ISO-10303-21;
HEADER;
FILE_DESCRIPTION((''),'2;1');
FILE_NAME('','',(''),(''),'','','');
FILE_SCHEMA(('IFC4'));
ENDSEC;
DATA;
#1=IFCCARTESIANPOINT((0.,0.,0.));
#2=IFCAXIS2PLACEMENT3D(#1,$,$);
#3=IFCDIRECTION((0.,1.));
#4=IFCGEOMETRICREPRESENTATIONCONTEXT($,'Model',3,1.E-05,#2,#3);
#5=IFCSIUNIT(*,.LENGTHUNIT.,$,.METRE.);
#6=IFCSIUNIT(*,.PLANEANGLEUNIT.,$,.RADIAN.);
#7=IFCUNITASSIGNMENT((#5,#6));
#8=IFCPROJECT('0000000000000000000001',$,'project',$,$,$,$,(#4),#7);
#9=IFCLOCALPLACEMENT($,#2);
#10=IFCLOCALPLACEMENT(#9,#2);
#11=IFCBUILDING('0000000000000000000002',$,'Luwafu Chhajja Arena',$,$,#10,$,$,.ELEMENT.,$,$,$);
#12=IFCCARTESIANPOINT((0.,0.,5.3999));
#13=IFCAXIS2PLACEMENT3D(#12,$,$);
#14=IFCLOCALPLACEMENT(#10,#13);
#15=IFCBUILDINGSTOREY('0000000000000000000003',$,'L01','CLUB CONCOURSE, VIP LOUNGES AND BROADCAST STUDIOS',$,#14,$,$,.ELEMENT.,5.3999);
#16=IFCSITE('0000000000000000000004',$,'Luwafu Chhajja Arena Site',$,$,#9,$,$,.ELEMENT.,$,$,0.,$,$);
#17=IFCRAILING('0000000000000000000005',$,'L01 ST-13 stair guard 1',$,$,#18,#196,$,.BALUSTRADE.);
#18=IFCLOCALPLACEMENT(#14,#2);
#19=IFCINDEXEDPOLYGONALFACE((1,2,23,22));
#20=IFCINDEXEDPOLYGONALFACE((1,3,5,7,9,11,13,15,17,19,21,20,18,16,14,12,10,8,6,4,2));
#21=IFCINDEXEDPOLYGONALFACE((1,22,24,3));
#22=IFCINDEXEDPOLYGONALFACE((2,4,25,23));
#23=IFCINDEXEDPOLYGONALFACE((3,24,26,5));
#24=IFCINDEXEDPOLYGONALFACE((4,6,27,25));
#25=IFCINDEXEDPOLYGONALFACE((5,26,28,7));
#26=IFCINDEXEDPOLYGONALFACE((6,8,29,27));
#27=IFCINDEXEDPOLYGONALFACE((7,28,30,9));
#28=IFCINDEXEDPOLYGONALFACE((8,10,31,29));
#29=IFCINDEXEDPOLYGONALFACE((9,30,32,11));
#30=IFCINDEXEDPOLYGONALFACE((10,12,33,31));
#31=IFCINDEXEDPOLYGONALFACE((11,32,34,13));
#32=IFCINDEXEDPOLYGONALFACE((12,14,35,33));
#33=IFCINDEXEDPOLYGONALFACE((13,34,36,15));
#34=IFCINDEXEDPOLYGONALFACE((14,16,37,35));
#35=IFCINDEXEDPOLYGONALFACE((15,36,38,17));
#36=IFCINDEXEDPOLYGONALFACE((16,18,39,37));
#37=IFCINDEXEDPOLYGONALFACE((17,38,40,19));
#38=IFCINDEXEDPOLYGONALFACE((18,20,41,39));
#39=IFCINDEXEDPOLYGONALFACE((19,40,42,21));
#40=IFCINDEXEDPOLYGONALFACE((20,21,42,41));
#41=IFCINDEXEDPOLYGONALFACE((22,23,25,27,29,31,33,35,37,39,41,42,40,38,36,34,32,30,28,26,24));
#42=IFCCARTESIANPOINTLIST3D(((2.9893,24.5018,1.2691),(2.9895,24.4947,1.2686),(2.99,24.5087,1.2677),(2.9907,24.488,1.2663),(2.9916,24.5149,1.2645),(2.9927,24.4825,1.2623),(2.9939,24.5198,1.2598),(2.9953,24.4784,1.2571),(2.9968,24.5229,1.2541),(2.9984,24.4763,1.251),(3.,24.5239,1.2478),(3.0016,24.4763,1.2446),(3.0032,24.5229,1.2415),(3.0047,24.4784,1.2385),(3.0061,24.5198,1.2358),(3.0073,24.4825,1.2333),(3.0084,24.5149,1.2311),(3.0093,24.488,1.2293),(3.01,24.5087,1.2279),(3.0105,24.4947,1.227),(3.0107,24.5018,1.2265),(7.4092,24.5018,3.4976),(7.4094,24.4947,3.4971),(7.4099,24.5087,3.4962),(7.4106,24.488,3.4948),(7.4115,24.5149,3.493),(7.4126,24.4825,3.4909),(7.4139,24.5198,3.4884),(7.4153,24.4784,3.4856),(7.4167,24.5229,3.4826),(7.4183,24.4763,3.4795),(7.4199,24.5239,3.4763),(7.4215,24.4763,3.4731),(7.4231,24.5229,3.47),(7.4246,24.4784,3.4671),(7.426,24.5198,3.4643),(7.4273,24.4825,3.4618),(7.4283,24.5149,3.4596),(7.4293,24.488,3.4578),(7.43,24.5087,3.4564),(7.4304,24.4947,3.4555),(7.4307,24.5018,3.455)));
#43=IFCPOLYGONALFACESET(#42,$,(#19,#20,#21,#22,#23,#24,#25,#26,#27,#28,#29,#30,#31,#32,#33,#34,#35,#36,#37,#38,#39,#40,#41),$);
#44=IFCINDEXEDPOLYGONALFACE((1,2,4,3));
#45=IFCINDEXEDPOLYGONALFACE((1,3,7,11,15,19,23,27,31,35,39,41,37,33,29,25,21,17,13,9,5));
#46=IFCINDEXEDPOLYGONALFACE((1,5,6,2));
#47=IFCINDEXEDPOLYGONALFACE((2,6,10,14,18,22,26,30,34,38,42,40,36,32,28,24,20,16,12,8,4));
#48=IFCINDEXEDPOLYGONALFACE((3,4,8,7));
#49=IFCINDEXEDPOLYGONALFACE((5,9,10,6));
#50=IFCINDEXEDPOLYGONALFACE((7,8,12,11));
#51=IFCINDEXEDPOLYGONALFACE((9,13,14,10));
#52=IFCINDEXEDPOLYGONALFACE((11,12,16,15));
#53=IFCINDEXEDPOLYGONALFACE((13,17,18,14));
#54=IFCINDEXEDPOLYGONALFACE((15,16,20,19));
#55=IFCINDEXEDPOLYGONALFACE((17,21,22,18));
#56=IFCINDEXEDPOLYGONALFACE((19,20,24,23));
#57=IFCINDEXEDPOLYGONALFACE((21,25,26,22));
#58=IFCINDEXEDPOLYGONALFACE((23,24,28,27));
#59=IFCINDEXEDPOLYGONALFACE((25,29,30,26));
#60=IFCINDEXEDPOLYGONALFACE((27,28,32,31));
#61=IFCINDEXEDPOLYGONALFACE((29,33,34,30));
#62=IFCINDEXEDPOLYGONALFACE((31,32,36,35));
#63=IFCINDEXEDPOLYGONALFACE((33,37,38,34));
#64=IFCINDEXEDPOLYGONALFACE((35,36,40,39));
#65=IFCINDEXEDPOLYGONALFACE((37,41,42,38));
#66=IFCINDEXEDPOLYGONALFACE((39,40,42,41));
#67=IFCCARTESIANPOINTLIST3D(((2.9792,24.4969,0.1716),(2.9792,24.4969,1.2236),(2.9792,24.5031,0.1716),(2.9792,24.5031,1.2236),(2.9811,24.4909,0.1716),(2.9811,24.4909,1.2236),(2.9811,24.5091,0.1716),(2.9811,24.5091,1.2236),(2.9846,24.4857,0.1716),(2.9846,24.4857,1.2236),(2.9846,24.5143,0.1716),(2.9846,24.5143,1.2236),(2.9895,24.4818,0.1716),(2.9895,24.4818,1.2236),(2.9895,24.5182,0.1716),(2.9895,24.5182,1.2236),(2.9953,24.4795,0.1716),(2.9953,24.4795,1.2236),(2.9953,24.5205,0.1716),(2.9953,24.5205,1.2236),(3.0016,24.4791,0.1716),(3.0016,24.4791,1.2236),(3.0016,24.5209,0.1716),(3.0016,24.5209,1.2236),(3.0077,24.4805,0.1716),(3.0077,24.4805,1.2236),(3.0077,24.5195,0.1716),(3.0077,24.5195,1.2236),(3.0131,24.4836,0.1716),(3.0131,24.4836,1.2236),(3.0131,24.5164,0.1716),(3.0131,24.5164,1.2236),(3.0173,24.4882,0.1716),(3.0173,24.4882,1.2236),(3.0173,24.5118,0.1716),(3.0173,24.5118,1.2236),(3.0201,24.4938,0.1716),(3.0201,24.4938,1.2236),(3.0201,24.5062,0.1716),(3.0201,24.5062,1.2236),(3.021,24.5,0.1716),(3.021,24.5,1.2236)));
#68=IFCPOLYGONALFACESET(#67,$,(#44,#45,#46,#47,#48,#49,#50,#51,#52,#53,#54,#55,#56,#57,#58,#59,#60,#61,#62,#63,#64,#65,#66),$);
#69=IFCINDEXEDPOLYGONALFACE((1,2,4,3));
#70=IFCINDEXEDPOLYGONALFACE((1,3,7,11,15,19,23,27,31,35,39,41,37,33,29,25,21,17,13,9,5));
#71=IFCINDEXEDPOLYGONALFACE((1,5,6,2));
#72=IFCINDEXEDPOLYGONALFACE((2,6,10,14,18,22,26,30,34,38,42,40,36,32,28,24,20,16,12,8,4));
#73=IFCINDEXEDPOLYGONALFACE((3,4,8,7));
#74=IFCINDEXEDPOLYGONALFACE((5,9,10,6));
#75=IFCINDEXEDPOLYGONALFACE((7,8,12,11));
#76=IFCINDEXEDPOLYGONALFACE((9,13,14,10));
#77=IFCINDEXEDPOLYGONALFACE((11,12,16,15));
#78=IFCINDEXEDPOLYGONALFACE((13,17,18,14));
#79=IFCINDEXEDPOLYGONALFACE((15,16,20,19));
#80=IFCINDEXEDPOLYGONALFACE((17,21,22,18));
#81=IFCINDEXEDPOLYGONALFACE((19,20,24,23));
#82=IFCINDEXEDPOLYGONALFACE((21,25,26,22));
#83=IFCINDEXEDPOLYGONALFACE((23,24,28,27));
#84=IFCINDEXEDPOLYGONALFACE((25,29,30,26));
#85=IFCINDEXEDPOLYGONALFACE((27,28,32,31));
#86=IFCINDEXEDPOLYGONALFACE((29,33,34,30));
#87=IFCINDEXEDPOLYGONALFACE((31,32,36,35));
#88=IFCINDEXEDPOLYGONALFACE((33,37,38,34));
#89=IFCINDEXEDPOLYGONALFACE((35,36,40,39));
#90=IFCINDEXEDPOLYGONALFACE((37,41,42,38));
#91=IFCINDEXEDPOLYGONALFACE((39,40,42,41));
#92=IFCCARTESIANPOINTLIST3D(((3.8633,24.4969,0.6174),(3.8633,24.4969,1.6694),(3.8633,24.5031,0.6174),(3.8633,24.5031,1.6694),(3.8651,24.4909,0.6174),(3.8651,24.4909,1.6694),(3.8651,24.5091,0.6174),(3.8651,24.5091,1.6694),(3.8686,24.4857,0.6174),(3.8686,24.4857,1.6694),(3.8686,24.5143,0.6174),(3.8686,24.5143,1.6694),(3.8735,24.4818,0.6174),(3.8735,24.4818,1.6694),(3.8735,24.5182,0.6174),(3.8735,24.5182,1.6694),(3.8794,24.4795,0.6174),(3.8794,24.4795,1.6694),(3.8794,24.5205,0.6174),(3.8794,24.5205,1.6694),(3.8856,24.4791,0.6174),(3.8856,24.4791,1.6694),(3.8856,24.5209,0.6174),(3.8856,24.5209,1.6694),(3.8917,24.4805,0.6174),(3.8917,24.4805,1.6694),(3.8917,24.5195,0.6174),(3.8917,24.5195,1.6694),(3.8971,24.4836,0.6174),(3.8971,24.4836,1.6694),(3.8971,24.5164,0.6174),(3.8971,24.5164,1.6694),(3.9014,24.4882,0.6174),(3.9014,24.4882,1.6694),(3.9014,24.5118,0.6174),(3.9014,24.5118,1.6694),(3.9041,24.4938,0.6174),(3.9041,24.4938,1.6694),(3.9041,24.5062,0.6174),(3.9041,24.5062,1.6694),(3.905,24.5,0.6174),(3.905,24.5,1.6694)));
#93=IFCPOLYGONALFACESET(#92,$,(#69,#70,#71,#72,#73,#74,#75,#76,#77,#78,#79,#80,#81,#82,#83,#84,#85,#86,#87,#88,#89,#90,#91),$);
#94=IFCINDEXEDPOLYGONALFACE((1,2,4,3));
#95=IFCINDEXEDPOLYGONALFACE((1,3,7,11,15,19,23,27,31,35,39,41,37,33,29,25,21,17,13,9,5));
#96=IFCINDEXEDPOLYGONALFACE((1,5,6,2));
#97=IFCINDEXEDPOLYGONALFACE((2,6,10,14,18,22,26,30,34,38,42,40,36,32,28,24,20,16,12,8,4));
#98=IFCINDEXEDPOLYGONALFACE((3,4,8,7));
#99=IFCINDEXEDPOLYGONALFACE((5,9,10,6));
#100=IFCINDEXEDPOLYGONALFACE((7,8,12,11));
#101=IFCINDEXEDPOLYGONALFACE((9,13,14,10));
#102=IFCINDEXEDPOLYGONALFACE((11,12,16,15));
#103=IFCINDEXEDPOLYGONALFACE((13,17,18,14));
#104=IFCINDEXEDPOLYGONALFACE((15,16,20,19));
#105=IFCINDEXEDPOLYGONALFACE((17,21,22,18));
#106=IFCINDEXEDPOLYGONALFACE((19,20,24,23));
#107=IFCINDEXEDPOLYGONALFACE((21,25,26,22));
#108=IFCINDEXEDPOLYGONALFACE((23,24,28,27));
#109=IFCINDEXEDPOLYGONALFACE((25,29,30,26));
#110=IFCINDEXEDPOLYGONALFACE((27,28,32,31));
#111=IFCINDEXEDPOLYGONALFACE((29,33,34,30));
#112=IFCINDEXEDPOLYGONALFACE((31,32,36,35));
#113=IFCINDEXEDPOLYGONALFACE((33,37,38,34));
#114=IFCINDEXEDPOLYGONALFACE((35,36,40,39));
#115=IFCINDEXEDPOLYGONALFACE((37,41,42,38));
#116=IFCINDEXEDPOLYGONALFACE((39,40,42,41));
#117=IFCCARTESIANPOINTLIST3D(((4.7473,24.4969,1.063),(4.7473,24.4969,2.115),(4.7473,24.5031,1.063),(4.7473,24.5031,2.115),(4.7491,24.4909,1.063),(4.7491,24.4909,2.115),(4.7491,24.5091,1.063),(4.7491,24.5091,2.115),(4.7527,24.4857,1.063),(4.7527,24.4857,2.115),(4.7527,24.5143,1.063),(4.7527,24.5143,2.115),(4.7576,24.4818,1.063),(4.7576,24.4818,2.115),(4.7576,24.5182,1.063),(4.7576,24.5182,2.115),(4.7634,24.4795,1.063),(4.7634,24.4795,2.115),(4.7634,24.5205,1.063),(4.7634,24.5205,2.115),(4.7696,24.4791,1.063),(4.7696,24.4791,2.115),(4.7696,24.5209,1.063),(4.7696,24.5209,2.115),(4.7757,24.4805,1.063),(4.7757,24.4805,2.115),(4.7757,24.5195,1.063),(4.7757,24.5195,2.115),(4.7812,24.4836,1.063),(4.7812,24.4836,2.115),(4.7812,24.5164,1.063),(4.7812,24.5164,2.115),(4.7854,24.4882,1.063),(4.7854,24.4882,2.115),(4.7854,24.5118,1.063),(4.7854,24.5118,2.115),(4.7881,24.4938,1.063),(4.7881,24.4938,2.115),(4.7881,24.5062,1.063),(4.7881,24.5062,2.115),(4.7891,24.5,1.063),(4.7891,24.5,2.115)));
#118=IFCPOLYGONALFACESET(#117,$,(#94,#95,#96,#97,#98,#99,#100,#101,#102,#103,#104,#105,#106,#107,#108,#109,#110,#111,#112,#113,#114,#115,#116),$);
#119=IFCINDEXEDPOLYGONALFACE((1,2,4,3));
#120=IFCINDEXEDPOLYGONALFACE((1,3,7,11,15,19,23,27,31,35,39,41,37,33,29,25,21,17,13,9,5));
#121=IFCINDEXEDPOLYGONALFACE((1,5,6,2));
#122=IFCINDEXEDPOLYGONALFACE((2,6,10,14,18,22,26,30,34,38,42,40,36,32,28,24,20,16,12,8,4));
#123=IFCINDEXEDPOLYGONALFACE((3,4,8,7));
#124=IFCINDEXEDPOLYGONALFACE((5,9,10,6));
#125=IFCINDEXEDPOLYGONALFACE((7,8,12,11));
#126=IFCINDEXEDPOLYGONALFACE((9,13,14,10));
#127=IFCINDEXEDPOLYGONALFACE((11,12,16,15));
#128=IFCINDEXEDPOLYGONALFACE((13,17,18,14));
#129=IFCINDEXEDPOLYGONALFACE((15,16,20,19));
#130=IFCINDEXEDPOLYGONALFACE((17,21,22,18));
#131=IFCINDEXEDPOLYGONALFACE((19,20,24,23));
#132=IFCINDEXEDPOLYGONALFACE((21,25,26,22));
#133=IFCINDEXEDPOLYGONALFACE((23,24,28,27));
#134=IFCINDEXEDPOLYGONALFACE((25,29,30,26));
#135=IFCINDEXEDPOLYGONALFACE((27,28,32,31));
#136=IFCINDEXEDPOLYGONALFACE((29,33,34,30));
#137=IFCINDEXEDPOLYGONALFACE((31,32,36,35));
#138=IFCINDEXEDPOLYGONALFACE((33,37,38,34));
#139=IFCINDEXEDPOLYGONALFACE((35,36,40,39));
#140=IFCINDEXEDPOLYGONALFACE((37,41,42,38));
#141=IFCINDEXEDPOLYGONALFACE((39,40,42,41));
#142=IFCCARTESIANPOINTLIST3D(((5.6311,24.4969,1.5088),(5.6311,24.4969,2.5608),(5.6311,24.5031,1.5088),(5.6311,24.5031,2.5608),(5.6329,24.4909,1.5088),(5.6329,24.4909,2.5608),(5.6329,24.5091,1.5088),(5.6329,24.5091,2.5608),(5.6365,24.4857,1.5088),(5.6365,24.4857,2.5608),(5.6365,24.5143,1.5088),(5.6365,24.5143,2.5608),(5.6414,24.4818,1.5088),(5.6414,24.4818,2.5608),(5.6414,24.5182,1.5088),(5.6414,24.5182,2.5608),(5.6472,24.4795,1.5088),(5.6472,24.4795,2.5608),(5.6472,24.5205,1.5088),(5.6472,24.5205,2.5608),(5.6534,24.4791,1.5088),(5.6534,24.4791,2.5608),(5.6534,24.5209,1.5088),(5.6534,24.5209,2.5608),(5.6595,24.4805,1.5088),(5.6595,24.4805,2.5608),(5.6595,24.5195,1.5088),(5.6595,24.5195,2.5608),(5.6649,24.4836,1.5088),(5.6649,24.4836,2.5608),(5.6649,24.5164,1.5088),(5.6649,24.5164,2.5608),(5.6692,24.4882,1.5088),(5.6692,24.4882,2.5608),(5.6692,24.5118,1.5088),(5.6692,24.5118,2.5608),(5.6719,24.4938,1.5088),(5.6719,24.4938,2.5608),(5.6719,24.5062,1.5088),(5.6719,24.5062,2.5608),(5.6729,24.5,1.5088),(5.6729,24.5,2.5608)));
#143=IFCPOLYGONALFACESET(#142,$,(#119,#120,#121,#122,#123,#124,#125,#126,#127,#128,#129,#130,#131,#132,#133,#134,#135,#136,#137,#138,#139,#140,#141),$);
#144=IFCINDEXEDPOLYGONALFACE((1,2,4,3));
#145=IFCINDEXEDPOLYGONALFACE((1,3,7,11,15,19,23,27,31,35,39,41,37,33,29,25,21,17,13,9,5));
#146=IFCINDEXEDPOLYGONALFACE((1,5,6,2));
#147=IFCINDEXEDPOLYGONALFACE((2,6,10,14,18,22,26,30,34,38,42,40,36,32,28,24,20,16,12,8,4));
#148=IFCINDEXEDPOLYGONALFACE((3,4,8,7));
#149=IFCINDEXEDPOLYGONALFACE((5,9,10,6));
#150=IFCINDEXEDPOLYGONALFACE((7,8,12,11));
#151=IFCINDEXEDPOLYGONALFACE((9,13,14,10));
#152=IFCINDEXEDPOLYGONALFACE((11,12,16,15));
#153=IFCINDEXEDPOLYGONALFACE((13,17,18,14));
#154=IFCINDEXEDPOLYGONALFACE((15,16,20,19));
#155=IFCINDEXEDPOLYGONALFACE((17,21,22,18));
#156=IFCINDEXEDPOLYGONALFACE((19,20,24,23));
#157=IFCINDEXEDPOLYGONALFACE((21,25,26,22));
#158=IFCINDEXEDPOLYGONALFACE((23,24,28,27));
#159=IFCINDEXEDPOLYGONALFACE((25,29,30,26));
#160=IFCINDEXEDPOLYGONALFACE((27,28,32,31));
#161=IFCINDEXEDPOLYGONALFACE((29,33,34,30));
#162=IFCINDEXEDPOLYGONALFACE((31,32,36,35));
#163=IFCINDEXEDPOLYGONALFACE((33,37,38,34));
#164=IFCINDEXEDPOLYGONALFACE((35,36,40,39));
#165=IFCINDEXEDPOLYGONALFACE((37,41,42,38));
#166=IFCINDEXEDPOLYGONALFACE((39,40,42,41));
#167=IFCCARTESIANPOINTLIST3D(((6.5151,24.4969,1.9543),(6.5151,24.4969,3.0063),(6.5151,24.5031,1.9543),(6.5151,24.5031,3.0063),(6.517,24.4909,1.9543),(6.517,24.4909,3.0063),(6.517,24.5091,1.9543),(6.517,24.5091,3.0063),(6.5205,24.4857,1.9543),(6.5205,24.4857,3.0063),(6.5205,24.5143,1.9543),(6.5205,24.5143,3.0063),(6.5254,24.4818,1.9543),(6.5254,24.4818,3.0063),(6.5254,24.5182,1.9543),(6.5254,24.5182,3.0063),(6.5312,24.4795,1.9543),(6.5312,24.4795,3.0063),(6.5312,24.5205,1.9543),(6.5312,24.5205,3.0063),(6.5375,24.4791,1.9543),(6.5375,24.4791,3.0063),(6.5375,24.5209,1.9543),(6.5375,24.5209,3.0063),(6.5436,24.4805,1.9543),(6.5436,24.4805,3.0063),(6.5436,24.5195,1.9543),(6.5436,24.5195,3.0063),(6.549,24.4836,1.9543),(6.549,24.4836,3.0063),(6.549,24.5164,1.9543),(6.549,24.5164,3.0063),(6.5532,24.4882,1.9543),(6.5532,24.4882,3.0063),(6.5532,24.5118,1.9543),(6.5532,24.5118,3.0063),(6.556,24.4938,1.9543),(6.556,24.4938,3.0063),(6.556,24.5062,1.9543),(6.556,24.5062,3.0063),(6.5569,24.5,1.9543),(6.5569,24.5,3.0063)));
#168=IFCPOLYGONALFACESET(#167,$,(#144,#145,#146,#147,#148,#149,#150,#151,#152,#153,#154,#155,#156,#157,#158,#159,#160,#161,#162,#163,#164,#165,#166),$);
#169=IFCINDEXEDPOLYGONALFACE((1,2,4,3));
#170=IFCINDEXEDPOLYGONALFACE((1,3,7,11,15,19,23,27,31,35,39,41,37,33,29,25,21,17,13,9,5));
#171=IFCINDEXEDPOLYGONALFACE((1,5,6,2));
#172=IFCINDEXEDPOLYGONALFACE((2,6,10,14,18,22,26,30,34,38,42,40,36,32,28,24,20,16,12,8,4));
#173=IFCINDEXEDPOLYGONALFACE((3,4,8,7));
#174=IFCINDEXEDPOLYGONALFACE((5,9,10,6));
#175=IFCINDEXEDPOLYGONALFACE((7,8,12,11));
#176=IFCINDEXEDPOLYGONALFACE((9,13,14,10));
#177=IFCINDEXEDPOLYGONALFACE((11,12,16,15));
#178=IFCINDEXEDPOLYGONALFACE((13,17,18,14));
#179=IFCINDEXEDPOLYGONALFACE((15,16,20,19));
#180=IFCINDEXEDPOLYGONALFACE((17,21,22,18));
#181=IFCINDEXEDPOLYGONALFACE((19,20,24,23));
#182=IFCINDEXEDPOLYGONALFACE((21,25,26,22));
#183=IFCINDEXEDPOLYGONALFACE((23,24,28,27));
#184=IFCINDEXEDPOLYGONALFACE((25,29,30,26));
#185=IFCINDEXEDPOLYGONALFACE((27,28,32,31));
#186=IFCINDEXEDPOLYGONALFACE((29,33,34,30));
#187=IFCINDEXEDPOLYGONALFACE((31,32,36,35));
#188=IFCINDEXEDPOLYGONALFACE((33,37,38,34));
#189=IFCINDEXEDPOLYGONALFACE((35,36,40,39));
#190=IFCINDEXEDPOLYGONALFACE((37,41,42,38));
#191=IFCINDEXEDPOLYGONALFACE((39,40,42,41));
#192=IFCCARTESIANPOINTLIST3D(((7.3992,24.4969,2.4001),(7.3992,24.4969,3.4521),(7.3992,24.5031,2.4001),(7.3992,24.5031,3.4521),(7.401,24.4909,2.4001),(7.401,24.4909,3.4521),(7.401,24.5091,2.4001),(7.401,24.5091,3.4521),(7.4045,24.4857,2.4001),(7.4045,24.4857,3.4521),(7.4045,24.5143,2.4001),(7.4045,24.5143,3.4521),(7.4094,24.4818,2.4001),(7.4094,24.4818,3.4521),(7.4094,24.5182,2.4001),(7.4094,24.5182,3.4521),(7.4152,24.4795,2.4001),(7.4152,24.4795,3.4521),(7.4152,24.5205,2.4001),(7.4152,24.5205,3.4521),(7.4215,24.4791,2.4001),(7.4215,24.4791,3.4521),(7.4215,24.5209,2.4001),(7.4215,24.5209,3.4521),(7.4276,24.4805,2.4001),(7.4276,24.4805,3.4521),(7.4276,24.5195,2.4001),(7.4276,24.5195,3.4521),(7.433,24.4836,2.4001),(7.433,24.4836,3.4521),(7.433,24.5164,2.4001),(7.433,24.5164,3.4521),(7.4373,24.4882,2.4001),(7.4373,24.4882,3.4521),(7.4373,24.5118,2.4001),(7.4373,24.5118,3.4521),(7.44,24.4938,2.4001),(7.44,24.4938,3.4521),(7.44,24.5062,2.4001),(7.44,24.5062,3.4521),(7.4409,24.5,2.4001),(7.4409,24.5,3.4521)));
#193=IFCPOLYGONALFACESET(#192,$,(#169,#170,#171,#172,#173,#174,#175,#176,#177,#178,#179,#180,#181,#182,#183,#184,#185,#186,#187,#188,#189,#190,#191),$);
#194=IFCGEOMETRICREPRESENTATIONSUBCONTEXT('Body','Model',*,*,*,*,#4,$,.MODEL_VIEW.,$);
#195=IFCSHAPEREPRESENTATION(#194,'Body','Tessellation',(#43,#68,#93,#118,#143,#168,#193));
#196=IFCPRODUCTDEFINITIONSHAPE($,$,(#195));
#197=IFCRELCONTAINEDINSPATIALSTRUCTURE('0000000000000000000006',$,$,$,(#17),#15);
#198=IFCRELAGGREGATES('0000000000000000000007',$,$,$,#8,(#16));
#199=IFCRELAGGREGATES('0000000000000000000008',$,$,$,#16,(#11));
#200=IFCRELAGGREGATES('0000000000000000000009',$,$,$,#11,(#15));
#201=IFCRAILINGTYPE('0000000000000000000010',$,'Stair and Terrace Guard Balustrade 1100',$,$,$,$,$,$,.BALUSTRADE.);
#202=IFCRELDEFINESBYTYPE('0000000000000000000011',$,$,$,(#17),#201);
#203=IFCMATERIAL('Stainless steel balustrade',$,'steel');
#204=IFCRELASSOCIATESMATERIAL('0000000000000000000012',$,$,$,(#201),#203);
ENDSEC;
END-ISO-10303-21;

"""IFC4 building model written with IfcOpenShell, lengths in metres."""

from ifc_helpers import new_model, si_unit, direction, frame, origin, origin_2d, place, context, subcontext, project, spatial, circle, extrude, material, type_object, element, save


model = new_model("IFC4")

# Units and contexts
model_context = context("Model", 3, precision=1e-05, world=origin(), true_north=direction((0.0, 1.0)))
body_context = subcontext(model_context, "Body", "Model", "MODEL_VIEW")
ifc_project = project(units=[si_unit("LENGTHUNIT", "METRE"), si_unit("PLANEANGLEUNIT", "RADIAN")], contexts=[model_context])

# Site, building, storey
site_placement = place(None, origin())
site = spatial("IfcSite", under=ifc_project, at=site_placement, Name="Luwafu Chhajja Arena Site", CompositionType="ELEMENT", RefElevation=0.0)
building_placement = place(site_placement, origin())
building = spatial("IfcBuilding", under=site, at=building_placement, Name="Luwafu Chhajja Arena", CompositionType="ELEMENT")
storey_placement = place(building_placement, frame((0.0, 0.0, 5.3999)))
storey = spatial("IfcBuildingStorey", under=building, at=storey_placement, Name="L01", Description="CLUB CONCOURSE, VIP LOUNGES AND BROADCAST STUDIOS", CompositionType="ELEMENT", Elevation=5.3999)

# Railing
ifc_material_1 = material(Name="Stainless steel balustrade", Category="steel")
railing_type_1 = type_object("IfcRailingType", Name="Stair and Terrace Guard Balustrade 1100", PredefinedType="BALUSTRADE", material=ifc_material_1)
railing_1_placement = place(storey_placement, frame((3.0, 24.5, 0.1716)))
element("IfcRailing", 1, at=railing_1_placement, inside=storey, type_object=railing_type_1, Name="L01 ST-13 stair guard 1", PredefinedType="BALUSTRADE", context=body_context, shape_type="SweptSolid", body=[
    extrude(circle(Radius=0.0239, at=origin_2d()), frame((0.0, 0.0, 1.0762), z_axis=(0.892923, 0.0, 0.45021), x_axis=(0.0, 1.0, 0.0)), (0.0, 0.0, 1.0), 4.95),
    extrude(circle(Radius=0.021, at=origin_2d()), origin(), (0.0, 0.0, 1.0), 1.052),
    extrude(circle(Radius=0.021, at=origin_2d()), frame((0.884, 0.0, 0.4458)), (0.0, 0.0, 1.0), 1.052),
    extrude(circle(Radius=0.021, at=origin_2d()), frame((1.7681, 0.0, 0.8914)), (0.0, 0.0, 1.0), 1.052),
    extrude(circle(Radius=0.021, at=origin_2d()), frame((2.6519, 0.0, 1.3372)), (0.0, 0.0, 1.0), 1.052),
    extrude(circle(Radius=0.021, at=origin_2d()), frame((3.5359, 0.0, 1.7827)), (0.0, 0.0, 1.0), 1.052),
    extrude(circle(Radius=0.021, at=origin_2d()), frame((4.4199, 0.0, 2.2285)), (0.0, 0.0, 1.0), 1.052),
])

save(model, "model.ifc")
